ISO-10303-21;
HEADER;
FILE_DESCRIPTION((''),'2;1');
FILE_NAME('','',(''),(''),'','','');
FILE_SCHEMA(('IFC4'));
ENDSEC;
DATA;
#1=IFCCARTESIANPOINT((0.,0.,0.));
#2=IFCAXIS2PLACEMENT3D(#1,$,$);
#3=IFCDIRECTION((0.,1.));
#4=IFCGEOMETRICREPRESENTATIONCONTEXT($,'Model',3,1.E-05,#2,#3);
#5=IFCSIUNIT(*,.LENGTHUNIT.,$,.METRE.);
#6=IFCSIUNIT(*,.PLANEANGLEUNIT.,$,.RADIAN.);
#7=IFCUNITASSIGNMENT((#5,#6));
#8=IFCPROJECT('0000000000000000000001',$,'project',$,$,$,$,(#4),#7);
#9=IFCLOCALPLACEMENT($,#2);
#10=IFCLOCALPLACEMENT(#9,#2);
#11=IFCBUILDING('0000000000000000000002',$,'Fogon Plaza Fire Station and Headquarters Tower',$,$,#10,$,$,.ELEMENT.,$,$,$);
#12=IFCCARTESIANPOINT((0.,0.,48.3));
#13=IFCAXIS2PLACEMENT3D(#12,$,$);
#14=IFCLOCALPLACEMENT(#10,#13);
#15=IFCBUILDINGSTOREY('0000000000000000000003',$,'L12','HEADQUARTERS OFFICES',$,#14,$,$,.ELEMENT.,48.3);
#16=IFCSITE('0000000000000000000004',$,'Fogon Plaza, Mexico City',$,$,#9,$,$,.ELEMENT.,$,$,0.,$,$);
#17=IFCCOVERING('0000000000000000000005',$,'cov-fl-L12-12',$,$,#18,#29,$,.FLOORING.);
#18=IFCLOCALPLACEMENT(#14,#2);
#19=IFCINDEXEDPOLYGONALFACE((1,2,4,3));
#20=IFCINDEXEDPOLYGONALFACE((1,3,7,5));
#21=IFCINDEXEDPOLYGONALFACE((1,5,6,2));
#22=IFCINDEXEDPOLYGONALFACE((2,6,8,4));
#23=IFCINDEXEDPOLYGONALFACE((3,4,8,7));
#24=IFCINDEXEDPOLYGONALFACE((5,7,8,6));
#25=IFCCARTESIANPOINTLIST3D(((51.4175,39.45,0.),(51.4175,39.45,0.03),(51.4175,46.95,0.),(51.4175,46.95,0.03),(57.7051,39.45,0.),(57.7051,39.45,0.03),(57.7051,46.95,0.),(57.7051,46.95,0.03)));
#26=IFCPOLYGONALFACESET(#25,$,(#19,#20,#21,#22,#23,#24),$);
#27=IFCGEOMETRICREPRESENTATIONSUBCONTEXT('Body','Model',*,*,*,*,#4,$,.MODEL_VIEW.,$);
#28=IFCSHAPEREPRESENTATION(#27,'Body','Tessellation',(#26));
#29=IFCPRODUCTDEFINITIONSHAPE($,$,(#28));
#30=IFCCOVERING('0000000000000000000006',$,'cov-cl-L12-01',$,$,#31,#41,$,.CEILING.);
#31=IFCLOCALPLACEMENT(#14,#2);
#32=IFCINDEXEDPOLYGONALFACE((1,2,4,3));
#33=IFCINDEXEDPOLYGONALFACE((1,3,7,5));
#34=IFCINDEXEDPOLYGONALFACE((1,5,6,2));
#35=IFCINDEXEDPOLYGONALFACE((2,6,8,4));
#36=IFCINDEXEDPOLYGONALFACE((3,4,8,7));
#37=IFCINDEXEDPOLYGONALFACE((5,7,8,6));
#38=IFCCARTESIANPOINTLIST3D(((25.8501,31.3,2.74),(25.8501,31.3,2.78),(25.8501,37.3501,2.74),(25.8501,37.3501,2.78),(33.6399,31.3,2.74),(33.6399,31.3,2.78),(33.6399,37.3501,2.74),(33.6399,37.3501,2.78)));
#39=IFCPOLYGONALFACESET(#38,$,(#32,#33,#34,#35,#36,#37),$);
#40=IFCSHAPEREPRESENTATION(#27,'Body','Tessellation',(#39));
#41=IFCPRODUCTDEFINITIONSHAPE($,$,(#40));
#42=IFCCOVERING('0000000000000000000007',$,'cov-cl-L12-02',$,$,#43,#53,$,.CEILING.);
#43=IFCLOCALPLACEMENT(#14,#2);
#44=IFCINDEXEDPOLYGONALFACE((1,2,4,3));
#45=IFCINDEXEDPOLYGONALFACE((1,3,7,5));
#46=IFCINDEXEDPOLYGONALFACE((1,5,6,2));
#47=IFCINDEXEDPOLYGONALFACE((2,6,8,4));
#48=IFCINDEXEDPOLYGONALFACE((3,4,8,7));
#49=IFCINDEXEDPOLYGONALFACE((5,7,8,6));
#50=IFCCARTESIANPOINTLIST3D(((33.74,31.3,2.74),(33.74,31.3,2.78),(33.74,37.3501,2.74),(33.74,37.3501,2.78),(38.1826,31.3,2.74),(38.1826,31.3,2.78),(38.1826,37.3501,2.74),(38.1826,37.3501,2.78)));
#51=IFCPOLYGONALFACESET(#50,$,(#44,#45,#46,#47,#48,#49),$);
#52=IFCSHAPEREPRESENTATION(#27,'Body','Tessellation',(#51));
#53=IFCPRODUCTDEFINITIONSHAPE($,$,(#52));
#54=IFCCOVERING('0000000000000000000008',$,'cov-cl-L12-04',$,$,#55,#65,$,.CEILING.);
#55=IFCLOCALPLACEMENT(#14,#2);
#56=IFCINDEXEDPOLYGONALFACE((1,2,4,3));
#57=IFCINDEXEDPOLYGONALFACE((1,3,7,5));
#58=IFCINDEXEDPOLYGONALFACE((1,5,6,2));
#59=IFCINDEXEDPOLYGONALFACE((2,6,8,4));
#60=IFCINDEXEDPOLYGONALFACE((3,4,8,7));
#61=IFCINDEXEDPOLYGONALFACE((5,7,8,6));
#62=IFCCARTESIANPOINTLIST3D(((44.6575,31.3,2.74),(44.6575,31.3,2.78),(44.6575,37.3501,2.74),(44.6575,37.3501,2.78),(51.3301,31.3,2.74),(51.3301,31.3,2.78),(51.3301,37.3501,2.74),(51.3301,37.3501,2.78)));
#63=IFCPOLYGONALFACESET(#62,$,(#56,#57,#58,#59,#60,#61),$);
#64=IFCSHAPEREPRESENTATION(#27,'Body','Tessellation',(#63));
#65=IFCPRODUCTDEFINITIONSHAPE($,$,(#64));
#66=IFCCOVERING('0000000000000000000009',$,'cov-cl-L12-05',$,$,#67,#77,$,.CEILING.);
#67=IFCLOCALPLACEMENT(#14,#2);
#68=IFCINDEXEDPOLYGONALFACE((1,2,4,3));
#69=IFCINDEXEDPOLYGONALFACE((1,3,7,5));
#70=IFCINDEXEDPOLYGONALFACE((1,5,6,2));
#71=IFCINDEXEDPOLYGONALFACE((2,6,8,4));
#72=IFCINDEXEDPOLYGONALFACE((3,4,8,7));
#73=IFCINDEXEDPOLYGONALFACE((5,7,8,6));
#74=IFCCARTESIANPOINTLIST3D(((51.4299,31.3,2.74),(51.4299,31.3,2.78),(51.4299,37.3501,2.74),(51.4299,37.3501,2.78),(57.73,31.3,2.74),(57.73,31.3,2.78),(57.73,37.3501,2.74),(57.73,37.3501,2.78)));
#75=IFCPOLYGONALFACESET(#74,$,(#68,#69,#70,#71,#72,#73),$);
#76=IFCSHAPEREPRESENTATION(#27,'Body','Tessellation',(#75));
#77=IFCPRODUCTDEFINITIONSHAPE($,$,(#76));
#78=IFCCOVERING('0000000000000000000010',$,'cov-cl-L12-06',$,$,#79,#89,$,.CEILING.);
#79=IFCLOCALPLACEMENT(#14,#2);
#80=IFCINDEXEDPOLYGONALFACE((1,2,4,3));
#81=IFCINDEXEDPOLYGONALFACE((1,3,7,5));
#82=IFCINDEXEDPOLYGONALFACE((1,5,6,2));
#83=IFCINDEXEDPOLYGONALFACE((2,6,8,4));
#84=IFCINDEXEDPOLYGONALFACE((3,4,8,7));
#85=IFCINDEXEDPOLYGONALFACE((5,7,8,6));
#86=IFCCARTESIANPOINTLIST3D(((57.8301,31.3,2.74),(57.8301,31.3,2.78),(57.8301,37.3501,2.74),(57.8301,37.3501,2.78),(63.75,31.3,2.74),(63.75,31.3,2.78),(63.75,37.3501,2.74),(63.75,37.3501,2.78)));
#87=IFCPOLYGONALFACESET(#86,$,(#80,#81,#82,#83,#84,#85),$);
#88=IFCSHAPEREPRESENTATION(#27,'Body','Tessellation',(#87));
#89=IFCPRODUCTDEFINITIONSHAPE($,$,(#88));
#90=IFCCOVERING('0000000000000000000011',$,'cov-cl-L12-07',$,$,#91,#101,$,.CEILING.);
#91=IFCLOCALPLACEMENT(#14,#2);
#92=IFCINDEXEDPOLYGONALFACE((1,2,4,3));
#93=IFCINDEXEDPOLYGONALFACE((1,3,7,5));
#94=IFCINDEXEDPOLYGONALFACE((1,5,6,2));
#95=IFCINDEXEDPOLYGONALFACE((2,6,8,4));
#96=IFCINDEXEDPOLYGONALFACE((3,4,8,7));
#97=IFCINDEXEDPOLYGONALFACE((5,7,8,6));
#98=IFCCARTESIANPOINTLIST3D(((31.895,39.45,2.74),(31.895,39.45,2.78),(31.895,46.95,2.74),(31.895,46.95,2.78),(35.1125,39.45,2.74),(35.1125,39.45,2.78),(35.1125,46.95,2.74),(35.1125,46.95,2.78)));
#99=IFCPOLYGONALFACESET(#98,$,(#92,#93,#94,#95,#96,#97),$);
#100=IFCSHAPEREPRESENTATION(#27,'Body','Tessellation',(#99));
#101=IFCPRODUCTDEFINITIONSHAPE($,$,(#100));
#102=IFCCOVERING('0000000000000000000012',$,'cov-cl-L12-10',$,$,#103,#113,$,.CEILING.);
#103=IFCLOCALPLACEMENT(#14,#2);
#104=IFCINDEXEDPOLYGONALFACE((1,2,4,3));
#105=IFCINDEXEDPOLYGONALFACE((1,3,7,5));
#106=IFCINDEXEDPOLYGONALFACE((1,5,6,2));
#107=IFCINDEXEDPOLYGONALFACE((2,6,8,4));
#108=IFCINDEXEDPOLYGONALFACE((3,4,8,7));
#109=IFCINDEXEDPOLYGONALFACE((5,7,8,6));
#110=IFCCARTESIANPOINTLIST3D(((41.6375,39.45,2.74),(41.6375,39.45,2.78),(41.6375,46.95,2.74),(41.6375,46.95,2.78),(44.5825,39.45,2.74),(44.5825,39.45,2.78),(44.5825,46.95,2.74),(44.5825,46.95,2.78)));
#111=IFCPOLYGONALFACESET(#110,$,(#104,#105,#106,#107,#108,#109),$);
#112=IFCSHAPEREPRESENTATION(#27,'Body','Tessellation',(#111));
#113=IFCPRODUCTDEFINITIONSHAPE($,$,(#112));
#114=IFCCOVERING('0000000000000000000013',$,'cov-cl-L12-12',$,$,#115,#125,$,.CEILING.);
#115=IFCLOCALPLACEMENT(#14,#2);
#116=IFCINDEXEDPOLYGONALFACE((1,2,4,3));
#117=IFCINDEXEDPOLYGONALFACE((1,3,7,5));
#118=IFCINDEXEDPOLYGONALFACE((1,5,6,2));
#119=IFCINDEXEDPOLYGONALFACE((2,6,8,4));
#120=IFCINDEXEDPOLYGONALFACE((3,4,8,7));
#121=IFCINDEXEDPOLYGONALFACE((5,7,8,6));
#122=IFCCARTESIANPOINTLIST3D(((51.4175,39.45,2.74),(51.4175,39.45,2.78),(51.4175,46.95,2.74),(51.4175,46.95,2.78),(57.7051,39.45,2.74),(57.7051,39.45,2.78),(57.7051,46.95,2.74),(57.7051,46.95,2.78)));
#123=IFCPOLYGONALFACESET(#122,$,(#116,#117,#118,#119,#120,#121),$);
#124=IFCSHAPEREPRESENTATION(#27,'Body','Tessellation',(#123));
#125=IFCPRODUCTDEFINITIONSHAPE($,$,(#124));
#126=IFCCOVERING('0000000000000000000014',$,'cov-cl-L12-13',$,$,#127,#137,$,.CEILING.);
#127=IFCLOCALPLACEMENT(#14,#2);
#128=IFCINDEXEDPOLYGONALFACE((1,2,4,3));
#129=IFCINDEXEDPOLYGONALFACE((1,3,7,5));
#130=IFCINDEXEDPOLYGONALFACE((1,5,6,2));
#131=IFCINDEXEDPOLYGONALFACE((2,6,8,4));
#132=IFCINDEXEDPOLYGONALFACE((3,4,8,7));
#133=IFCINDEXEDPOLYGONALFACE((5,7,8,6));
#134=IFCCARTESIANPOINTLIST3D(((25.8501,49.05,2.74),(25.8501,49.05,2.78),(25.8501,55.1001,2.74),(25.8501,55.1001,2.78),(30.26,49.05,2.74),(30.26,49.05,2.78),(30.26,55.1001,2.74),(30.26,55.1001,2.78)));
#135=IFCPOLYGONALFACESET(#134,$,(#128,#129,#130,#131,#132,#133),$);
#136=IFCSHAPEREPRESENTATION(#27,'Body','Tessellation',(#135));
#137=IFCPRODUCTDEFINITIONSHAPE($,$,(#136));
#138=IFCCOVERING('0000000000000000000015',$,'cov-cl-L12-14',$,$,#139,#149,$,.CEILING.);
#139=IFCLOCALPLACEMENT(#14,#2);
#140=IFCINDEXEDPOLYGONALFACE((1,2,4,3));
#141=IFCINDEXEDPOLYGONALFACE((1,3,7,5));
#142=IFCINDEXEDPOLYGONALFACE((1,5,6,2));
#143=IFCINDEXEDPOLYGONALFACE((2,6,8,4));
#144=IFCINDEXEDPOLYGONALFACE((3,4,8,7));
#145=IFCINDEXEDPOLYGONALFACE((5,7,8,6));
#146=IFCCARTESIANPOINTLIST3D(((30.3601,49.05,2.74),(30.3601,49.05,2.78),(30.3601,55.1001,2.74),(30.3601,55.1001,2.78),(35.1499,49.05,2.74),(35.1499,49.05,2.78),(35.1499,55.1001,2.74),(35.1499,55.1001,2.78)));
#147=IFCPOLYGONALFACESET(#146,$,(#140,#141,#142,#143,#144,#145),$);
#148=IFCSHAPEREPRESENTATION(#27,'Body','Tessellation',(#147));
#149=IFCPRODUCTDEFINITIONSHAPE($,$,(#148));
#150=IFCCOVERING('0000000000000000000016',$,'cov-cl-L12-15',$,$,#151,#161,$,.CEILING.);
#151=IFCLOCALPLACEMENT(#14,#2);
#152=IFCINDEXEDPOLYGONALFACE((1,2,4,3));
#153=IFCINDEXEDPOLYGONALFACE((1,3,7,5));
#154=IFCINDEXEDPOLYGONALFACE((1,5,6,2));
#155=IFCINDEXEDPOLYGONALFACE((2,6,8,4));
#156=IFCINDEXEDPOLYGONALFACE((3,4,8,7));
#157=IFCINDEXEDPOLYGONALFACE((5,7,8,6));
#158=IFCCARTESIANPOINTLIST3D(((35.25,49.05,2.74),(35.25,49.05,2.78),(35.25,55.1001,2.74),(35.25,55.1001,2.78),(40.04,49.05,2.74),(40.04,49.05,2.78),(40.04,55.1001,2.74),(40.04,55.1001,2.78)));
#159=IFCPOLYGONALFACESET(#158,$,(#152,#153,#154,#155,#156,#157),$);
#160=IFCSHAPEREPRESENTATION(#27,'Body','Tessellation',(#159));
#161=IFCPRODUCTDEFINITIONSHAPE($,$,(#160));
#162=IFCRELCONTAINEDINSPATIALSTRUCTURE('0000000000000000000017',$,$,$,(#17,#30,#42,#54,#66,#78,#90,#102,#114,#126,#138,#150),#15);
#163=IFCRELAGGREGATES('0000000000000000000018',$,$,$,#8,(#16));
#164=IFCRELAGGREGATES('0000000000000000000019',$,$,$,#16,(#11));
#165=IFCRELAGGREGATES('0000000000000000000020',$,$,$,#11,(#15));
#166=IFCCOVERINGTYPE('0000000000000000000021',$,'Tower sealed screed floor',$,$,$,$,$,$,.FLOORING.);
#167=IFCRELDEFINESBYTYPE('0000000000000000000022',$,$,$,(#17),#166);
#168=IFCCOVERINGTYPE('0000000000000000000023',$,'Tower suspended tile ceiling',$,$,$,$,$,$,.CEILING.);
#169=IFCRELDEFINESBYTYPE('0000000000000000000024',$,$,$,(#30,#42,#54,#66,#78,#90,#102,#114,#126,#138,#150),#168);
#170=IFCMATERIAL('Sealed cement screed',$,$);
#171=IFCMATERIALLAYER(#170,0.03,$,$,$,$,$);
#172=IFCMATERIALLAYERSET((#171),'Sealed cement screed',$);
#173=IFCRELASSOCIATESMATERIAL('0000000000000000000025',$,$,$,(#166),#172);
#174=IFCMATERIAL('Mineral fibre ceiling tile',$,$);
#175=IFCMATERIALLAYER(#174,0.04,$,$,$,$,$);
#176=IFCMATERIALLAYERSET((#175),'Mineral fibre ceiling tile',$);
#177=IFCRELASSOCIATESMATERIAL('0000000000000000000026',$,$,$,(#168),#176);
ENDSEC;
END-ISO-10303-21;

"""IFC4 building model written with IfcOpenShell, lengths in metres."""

from ifc_helpers import new_model, si_unit, direction, frame, origin, place, context, subcontext, project, spatial, polyline, outline, extrude, material, layer, layer_set, type_object, element, save


model = new_model("IFC4")

# Units and contexts
model_context = context("Model", 3, precision=1e-05, world=origin(), true_north=direction((0.0, 1.0)))
body_context = subcontext(model_context, "Body", "Model", "MODEL_VIEW")
ifc_project = project(units=[si_unit("LENGTHUNIT", "METRE"), si_unit("PLANEANGLEUNIT", "RADIAN")], contexts=[model_context])

# Site, building, storey
site_placement = place(None, origin())
site = spatial("IfcSite", under=ifc_project, at=site_placement, Name="Fogon Plaza, Mexico City", CompositionType="ELEMENT", RefElevation=0.0)
building_placement = place(site_placement, origin())
building = spatial("IfcBuilding", under=site, at=building_placement, Name="Fogon Plaza Fire Station and Headquarters Tower", CompositionType="ELEMENT")
storey_placement = place(building_placement, frame((0.0, 0.0, 48.3)))
storey = spatial("IfcBuildingStorey", under=building, at=storey_placement, Name="L12", Description="HEADQUARTERS OFFICES", CompositionType="ELEMENT", Elevation=48.3)

# Coverings
ifc_material_1 = material(Name="Sealed cement screed")
ifc_layer_1 = layer(ifc_material_1, 0.03)
ifc_layer_set_1 = layer_set([ifc_layer_1], Name="Sealed cement screed")
covering_type_1 = type_object("IfcCoveringType", Name="Tower sealed screed floor", PredefinedType="FLOORING", material=ifc_layer_set_1)
covering_1_placement = place(storey_placement, origin())
element("IfcCovering", 1, at=covering_1_placement, inside=storey, type_object=covering_type_1, Name="cov-fl-L12-12", PredefinedType="FLOORING", context=body_context, shape_type="SweptSolid", body=[
    extrude(outline(polyline([(57.7051, 39.45), (57.7051, 46.95), (51.4175, 46.95), (51.4175, 39.45), (57.7051, 39.45)])), origin(), (0.0, 0.0, 1.0), 0.03),
])
ifc_material_2 = material(Name="Mineral fibre ceiling tile")
ifc_layer_2 = layer(ifc_material_2, 0.04)
ifc_layer_set_2 = layer_set([ifc_layer_2], Name="Mineral fibre ceiling tile")
covering_type_2 = type_object("IfcCoveringType", Name="Tower suspended tile ceiling", PredefinedType="CEILING", material=ifc_layer_set_2)
covering_2_placement = place(storey_placement, frame((0.0, 0.0, 2.74)))
element("IfcCovering", 2, at=covering_2_placement, inside=storey, type_object=covering_type_2, Name="cov-cl-L12-01", PredefinedType="CEILING", context=body_context, shape_type="SweptSolid", body=[
    extrude(outline(polyline([(33.6399, 31.3), (33.6399, 37.3501), (25.8501, 37.3501), (25.8501, 31.3), (33.6399, 31.3)])), origin(), (0.0, 0.0, 1.0), 0.04),
])
covering_3_placement = place(storey_placement, frame((0.0, 0.0, 2.74)))
element("IfcCovering", 3, at=covering_3_placement, inside=storey, type_object=covering_type_2, Name="cov-cl-L12-02", PredefinedType="CEILING", context=body_context, shape_type="SweptSolid", body=[
    extrude(outline(polyline([(38.1826, 31.3), (38.1826, 37.3501), (33.74, 37.3501), (33.74, 31.3), (38.1826, 31.3)])), origin(), (0.0, 0.0, 1.0), 0.04),
])
covering_4_placement = place(storey_placement, frame((0.0, 0.0, 2.74)))
element("IfcCovering", 4, at=covering_4_placement, inside=storey, type_object=covering_type_2, Name="cov-cl-L12-04", PredefinedType="CEILING", context=body_context, shape_type="SweptSolid", body=[
    extrude(outline(polyline([(51.3301, 31.3), (51.3301, 37.3501), (44.6575, 37.3501), (44.6575, 31.3), (51.3301, 31.3)])), origin(), (0.0, 0.0, 1.0), 0.04),
])
covering_5_placement = place(storey_placement, frame((0.0, 0.0, 2.74)))
element("IfcCovering", 5, at=covering_5_placement, inside=storey, type_object=covering_type_2, Name="cov-cl-L12-05", PredefinedType="CEILING", context=body_context, shape_type="SweptSolid", body=[
    extrude(outline(polyline([(57.73, 31.3), (57.73, 37.3501), (51.4299, 37.3501), (51.4299, 31.3), (57.73, 31.3)])), origin(), (0.0, 0.0, 1.0), 0.04),
])
covering_6_placement = place(storey_placement, frame((0.0, 0.0, 2.74)))
element("IfcCovering", 6, at=covering_6_placement, inside=storey, type_object=covering_type_2, Name="cov-cl-L12-06", PredefinedType="CEILING", context=body_context, shape_type="SweptSolid", body=[
    extrude(outline(polyline([(63.75, 31.3), (63.75, 37.3501), (57.8301, 37.3501), (57.8301, 31.3), (63.75, 31.3)])), origin(), (0.0, 0.0, 1.0), 0.04),
])
covering_7_placement = place(storey_placement, frame((0.0, 0.0, 2.74)))
element("IfcCovering", 7, at=covering_7_placement, inside=storey, type_object=covering_type_2, Name="cov-cl-L12-07", PredefinedType="CEILING", context=body_context, shape_type="SweptSolid", body=[
    extrude(outline(polyline([(35.1125, 39.45), (35.1125, 46.95), (31.895, 46.95), (31.895, 39.45), (35.1125, 39.45)])), origin(), (0.0, 0.0, 1.0), 0.04),
])
covering_8_placement = place(storey_placement, frame((0.0, 0.0, 2.74)))
element("IfcCovering", 8, at=covering_8_placement, inside=storey, type_object=covering_type_2, Name="cov-cl-L12-10", PredefinedType="CEILING", context=body_context, shape_type="SweptSolid", body=[
    extrude(outline(polyline([(44.5825, 39.45), (44.5825, 46.95), (41.6375, 46.95), (41.6375, 39.45), (44.5825, 39.45)])), origin(), (0.0, 0.0, 1.0), 0.04),
])
covering_9_placement = place(storey_placement, frame((0.0, 0.0, 2.74)))
element("IfcCovering", 9, at=covering_9_placement, inside=storey, type_object=covering_type_2, Name="cov-cl-L12-12", PredefinedType="CEILING", context=body_context, shape_type="SweptSolid", body=[
    extrude(outline(polyline([(57.7051, 39.45), (57.7051, 46.95), (51.4175, 46.95), (51.4175, 39.45), (57.7051, 39.45)])), origin(), (0.0, 0.0, 1.0), 0.04),
])
covering_10_placement = place(storey_placement, frame((0.0, 0.0, 2.74)))
element("IfcCovering", 10, at=covering_10_placement, inside=storey, type_object=covering_type_2, Name="cov-cl-L12-13", PredefinedType="CEILING", context=body_context, shape_type="SweptSolid", body=[
    extrude(outline(polyline([(30.26, 49.05), (30.26, 55.1001), (25.8501, 55.1001), (25.8501, 49.05), (30.26, 49.05)])), origin(), (0.0, 0.0, 1.0), 0.04),
])
covering_11_placement = place(storey_placement, frame((0.0, 0.0, 2.74)))
element("IfcCovering", 11, at=covering_11_placement, inside=storey, type_object=covering_type_2, Name="cov-cl-L12-14", PredefinedType="CEILING", context=body_context, shape_type="SweptSolid", body=[
    extrude(outline(polyline([(35.1499, 49.05), (35.1499, 55.1001), (30.3601, 55.1001), (30.3601, 49.05), (35.1499, 49.05)])), origin(), (0.0, 0.0, 1.0), 0.04),
])
covering_12_placement = place(storey_placement, frame((0.0, 0.0, 2.74)))
element("IfcCovering", 12, at=covering_12_placement, inside=storey, type_object=covering_type_2, Name="cov-cl-L12-15", PredefinedType="CEILING", context=body_context, shape_type="SweptSolid", body=[
    extrude(outline(polyline([(40.04, 49.05), (40.04, 55.1001), (35.25, 55.1001), (35.25, 49.05), (40.04, 49.05)])), origin(), (0.0, 0.0, 1.0), 0.04),
])

save(model, "model.ifc")
